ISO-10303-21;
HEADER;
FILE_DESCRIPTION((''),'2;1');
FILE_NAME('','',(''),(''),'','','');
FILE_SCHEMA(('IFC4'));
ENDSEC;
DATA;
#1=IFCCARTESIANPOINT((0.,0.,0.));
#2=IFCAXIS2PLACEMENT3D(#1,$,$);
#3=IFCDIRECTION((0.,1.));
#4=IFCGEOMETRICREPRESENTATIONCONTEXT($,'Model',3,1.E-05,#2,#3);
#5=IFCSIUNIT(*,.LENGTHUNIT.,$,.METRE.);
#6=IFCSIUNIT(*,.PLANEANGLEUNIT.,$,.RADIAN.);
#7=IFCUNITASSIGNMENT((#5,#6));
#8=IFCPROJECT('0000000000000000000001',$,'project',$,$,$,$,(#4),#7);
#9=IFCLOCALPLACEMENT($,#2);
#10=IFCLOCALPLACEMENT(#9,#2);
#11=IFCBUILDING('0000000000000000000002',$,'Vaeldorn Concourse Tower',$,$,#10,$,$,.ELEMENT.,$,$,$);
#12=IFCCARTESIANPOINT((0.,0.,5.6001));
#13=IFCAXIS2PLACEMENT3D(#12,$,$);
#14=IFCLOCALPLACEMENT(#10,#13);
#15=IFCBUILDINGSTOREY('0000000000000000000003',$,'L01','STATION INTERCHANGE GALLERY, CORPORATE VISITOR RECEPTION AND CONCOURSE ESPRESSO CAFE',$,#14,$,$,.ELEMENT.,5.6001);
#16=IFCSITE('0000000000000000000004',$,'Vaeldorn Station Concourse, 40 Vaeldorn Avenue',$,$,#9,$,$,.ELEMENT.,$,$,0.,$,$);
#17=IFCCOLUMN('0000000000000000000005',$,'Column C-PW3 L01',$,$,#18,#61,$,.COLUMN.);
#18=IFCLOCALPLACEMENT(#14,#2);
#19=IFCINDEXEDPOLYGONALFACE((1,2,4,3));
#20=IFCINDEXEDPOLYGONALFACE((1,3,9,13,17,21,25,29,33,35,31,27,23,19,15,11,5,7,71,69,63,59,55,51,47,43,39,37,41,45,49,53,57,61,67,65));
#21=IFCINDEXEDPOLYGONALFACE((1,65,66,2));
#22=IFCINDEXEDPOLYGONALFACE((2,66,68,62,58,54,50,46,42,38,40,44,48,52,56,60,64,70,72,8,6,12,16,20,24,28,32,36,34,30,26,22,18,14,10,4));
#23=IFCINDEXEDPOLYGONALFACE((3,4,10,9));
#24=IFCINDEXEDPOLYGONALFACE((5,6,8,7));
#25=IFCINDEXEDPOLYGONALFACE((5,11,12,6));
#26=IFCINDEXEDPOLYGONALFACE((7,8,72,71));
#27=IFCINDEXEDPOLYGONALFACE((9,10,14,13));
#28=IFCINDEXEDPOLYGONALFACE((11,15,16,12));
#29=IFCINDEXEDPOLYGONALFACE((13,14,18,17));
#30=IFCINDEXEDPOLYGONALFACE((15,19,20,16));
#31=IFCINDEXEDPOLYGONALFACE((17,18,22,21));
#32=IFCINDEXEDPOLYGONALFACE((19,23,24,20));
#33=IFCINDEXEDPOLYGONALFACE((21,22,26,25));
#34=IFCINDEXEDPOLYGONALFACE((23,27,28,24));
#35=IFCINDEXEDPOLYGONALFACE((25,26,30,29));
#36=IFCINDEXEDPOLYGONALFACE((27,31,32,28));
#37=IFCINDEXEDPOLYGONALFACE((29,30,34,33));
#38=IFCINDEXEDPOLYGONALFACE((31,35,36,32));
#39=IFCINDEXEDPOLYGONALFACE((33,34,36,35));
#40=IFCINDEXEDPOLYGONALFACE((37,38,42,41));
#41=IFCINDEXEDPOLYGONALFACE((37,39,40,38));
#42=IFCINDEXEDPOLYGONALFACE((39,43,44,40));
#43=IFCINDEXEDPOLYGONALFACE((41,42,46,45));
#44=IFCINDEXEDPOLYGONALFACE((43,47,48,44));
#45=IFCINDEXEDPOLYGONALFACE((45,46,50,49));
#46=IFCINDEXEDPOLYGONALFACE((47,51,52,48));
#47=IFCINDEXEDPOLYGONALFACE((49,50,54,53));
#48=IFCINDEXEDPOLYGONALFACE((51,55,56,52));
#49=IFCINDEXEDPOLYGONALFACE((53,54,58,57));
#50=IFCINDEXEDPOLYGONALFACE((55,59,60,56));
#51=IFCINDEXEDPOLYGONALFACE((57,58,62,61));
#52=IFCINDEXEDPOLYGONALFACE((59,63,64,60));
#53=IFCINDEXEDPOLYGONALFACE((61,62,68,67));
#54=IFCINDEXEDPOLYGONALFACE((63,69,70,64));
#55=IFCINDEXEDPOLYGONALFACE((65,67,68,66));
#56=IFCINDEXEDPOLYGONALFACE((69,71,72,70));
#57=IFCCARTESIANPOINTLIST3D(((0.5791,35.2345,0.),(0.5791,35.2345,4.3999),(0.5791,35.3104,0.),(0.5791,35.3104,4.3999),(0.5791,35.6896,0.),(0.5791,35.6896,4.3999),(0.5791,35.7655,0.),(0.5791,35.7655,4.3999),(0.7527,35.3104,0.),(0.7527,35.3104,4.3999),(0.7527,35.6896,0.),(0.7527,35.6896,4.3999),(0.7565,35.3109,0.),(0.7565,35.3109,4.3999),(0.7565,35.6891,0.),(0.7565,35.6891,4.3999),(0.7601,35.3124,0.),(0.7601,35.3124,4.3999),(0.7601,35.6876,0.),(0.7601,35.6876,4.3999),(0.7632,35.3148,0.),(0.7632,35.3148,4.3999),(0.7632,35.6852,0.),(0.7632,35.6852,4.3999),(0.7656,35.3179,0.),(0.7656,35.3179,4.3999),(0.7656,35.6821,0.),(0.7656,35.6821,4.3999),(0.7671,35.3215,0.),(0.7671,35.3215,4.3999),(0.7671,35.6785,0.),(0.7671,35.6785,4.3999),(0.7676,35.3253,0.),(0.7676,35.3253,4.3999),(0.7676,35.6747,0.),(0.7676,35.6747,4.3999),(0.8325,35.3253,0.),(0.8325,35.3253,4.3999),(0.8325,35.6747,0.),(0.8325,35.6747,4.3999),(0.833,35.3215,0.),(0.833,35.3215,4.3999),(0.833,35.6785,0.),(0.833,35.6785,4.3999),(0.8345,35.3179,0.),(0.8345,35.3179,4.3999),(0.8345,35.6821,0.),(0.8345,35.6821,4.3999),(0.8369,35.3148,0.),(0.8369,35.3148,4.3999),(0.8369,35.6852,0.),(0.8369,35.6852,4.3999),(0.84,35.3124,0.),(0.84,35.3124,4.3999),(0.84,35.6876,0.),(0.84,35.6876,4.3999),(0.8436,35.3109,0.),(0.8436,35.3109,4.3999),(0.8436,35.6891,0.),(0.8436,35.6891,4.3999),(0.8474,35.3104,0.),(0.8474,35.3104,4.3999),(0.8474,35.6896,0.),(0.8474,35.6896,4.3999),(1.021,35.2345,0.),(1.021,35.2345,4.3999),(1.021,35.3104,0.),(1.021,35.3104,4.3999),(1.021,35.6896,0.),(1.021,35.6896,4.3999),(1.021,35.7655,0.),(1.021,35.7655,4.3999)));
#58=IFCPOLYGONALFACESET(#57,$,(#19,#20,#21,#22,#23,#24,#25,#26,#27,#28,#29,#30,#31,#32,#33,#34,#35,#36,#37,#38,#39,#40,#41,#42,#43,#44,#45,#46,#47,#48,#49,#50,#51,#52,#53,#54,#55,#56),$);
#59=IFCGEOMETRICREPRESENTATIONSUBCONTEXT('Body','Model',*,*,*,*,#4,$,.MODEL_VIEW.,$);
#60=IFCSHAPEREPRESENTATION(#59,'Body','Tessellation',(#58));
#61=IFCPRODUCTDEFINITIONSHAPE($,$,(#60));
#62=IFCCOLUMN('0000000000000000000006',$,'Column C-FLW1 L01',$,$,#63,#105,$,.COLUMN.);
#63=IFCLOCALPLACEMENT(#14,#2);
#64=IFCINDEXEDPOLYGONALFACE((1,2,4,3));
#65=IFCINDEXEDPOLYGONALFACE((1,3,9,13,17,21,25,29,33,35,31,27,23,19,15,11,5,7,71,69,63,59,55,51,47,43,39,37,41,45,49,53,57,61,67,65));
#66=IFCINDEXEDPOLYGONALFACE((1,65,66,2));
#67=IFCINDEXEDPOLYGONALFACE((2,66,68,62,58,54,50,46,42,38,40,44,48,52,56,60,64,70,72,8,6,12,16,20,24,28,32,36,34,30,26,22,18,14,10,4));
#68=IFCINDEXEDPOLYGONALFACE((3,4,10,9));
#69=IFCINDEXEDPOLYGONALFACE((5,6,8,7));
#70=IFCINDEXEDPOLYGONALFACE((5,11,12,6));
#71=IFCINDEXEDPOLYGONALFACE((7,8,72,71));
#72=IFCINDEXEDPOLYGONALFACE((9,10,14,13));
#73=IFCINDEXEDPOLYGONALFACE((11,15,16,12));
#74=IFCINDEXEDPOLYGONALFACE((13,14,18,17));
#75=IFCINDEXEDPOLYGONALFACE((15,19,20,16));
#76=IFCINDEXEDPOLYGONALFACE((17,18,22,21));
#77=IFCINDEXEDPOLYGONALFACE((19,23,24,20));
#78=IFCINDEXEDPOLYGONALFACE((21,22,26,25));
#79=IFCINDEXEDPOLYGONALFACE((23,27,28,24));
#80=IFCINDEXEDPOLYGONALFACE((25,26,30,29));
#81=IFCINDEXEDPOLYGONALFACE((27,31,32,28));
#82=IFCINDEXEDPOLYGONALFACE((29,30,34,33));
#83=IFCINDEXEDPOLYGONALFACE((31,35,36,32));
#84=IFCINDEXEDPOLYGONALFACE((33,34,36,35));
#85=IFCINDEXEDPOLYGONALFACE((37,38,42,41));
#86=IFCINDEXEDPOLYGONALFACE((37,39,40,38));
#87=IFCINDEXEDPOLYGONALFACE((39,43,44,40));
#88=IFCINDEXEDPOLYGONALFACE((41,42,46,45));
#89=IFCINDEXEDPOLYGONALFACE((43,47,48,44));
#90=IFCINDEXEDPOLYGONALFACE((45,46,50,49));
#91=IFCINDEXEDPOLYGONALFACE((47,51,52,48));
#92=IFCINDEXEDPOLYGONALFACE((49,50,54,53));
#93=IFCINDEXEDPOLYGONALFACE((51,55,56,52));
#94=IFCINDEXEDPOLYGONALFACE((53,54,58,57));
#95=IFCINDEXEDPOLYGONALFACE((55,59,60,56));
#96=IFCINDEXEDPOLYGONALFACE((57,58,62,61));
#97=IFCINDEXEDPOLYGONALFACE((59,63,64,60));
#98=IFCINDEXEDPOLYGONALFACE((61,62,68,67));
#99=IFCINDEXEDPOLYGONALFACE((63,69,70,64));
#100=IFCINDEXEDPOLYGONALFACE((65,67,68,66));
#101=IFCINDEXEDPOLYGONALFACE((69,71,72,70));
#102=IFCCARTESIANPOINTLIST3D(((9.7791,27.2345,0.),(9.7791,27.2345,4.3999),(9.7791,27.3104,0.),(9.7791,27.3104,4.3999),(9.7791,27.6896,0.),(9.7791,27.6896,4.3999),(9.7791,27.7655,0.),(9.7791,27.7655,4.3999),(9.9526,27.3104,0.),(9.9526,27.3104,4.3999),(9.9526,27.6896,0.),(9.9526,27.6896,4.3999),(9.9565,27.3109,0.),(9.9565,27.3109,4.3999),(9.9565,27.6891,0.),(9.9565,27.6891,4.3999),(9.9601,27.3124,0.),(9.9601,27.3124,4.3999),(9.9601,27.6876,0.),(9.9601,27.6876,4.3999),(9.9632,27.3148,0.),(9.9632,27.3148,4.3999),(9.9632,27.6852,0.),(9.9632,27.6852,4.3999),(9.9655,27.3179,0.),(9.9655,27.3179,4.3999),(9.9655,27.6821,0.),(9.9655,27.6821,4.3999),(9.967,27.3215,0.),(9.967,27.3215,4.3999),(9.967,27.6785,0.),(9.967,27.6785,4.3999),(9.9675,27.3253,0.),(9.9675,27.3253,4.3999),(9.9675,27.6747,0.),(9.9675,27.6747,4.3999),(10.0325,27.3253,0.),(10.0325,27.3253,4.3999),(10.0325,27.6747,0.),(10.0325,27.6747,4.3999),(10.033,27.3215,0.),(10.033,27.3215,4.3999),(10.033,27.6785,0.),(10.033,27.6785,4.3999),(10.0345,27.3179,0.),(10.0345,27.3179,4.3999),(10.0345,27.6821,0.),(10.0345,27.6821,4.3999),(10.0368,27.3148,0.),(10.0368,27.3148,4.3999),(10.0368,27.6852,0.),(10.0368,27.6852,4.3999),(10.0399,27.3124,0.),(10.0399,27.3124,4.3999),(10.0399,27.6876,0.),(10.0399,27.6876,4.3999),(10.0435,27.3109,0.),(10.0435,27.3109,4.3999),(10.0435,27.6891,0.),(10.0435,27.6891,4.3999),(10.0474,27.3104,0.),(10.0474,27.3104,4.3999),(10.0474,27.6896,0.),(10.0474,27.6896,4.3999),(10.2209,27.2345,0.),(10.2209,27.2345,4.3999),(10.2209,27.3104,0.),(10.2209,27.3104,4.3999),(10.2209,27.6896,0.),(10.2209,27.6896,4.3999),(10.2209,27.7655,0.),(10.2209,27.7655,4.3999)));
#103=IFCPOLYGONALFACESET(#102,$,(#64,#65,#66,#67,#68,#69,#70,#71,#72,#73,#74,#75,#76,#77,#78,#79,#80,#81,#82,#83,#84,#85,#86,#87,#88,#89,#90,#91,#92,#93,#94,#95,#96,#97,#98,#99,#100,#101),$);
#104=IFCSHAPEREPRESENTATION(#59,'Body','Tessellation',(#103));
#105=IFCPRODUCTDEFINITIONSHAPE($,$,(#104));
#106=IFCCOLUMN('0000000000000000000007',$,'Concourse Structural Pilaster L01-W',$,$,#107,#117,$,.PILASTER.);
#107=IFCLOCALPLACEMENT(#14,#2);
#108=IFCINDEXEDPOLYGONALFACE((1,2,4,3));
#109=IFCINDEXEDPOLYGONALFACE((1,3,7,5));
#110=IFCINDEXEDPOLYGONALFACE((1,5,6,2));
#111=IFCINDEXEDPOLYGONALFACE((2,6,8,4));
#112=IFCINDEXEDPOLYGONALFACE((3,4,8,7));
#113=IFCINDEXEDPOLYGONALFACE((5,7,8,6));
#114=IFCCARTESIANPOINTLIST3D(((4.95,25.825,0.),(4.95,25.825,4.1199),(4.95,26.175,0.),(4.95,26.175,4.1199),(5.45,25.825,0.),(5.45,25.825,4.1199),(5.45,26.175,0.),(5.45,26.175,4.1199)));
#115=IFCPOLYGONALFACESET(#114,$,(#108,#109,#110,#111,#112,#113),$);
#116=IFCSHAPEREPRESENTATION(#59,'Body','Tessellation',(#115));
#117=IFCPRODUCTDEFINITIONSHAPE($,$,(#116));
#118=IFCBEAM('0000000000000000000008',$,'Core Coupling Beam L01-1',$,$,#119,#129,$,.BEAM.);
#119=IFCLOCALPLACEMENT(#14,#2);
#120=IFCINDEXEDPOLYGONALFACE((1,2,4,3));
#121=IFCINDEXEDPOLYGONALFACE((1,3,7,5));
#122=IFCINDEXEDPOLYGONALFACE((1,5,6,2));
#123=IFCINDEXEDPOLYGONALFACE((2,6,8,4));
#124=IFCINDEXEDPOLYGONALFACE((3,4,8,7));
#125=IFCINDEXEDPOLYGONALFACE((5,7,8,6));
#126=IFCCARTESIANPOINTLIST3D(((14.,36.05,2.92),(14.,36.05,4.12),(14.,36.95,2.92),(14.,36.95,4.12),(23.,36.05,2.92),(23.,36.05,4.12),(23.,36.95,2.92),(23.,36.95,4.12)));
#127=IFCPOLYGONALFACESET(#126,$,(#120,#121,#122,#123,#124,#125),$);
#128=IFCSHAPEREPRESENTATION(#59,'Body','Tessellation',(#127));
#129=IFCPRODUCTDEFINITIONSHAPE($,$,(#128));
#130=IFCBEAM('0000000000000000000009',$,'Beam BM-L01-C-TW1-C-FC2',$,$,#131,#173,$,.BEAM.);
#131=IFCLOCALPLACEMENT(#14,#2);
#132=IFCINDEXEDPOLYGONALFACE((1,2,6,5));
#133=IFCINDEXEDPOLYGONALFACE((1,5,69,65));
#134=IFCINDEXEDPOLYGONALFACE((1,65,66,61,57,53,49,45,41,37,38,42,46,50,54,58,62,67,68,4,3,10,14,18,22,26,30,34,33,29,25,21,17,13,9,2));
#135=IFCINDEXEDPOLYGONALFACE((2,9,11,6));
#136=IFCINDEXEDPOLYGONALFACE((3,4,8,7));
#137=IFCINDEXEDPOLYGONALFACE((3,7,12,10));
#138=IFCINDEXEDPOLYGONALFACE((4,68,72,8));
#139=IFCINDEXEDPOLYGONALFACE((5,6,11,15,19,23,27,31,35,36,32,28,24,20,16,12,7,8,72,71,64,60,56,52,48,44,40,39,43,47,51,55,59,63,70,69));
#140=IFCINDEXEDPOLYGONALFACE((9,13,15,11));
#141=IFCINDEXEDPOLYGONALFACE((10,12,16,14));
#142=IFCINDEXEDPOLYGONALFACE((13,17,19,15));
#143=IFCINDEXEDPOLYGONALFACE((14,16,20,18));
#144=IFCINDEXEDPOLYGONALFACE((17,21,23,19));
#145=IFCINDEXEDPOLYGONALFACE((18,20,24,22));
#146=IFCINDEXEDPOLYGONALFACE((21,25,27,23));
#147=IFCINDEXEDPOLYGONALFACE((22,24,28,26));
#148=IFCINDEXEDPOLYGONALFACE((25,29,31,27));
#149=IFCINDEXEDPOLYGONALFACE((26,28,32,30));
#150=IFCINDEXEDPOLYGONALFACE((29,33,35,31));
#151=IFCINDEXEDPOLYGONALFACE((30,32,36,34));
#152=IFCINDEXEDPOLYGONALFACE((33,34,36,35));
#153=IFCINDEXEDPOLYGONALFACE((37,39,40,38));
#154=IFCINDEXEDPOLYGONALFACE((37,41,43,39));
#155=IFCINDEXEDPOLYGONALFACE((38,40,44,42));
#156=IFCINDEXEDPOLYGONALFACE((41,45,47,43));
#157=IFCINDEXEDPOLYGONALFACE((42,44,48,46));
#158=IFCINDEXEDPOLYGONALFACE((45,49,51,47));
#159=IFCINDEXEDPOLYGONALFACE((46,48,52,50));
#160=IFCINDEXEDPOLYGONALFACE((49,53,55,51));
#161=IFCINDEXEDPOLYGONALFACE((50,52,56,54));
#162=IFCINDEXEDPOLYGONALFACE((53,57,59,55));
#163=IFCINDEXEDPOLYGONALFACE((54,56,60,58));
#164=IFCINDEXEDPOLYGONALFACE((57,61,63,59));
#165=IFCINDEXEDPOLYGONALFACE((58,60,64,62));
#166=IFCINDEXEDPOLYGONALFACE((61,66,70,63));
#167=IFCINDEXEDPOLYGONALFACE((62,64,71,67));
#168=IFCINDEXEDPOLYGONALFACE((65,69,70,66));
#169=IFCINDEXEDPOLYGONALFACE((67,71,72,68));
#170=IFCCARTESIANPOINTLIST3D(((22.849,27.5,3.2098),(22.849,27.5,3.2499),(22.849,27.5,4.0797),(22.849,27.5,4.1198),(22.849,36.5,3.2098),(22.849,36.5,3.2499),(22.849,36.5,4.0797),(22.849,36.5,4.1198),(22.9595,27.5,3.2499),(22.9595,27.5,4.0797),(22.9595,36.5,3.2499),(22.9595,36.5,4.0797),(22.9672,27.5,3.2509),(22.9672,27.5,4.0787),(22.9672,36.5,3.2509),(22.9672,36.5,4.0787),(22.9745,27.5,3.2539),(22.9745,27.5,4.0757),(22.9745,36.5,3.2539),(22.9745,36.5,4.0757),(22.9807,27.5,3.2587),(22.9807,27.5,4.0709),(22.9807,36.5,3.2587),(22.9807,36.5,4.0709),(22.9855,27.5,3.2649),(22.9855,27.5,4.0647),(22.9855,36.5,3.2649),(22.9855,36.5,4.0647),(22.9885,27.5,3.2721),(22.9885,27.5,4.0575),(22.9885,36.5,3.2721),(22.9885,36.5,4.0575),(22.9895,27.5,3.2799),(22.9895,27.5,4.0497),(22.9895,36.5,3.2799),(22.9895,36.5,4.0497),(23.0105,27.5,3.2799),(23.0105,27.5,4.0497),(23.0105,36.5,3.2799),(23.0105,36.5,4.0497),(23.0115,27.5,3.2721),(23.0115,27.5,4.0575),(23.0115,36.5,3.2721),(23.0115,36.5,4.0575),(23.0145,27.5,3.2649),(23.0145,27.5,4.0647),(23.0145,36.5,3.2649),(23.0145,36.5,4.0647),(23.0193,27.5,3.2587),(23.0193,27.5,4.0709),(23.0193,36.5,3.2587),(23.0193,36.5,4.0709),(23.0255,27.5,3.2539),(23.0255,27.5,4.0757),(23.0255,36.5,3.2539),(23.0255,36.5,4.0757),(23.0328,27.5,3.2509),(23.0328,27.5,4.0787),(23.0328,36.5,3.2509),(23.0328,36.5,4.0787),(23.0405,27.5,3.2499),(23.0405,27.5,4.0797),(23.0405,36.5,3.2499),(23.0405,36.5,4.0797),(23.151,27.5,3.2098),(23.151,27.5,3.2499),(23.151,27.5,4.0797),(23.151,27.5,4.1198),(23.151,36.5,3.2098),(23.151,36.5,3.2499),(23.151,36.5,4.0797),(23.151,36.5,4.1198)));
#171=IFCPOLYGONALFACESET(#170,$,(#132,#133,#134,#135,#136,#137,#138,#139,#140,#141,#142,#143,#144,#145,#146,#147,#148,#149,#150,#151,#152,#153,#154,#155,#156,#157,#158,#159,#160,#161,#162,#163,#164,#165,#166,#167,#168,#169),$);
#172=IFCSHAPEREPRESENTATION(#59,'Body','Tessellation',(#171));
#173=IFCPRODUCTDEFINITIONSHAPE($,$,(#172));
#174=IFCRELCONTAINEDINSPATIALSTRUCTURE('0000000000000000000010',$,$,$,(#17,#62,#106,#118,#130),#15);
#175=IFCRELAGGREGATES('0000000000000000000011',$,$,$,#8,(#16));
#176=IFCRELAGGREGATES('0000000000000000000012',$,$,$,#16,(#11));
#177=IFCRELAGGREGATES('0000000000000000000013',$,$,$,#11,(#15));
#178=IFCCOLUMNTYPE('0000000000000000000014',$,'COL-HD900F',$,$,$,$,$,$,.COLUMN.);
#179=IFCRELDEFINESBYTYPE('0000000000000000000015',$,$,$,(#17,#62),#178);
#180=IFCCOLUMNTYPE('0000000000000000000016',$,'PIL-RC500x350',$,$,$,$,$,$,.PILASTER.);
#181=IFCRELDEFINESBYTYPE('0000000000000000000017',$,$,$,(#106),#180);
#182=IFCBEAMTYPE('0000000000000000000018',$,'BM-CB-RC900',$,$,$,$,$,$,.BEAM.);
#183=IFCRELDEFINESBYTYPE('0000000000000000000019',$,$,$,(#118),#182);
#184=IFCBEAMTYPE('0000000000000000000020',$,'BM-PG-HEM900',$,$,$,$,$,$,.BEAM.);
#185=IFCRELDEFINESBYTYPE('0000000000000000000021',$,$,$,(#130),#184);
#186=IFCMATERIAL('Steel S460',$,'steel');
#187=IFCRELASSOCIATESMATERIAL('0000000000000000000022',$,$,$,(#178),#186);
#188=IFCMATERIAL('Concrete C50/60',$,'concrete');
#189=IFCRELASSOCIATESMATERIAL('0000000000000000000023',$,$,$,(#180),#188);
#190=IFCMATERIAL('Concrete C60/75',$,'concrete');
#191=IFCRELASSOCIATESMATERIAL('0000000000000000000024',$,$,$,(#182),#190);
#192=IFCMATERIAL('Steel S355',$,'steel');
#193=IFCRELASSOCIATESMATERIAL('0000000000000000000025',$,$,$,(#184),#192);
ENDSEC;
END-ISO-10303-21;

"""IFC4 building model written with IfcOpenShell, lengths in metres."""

from ifc_helpers import new_model, si_unit, direction, frame, origin, origin_2d, place, context, subcontext, project, spatial, rectangle, i_section, extrude, source, transform, mapped, material, material_profile, profile_set, type_object, element, save


model = new_model("IFC4")

# Units and contexts
model_context = context("Model", 3, precision=1e-05, world=origin(), true_north=direction((0.0, 1.0)))
body_context = subcontext(model_context, "Body", "Model", "MODEL_VIEW")
ifc_project = project(units=[si_unit("LENGTHUNIT", "METRE"), si_unit("PLANEANGLEUNIT", "RADIAN")], contexts=[model_context])

# Site, building, storey
site_placement = place(None, origin())
site = spatial("IfcSite", under=ifc_project, at=site_placement, Name="Vaeldorn Station Concourse, 40 Vaeldorn Avenue", CompositionType="ELEMENT", RefElevation=0.0)
building_placement = place(site_placement, origin())
building = spatial("IfcBuilding", under=site, at=building_placement, Name="Vaeldorn Concourse Tower", CompositionType="ELEMENT")
storey_placement = place(building_placement, frame((0.0, 0.0, 5.6001)))
storey = spatial("IfcBuildingStorey", under=building, at=storey_placement, Name="L01", Description="STATION INTERCHANGE GALLERY, CORPORATE VISITOR RECEPTION AND CONCOURSE ESPRESSO CAFE", CompositionType="ELEMENT", Elevation=5.6001)

# Columns
ifc_material_1 = material(Name="Concrete C60/75", Category="concrete")
ifc_material_2 = material(Name="Steel S460", Category="steel")
ifc_material_profile_1 = material_profile(ifc_material_2, i_section(OverallWidth=0.4419, OverallDepth=0.531, WebThickness=0.0649, FlangeThickness=0.0759, FilletRadius=0.0149, at=origin_2d()), Name="HD 400x900")
ifc_profile_set_1 = profile_set([ifc_material_profile_1], Name="Steel S460")
column_type_1 = type_object("IfcColumnType", Name="COL-HD900F", PredefinedType="COLUMN", material=ifc_profile_set_1)
shared_shape_1 = source(origin(), body_context, "Body", "SweptSolid", [
    extrude(i_section(OverallWidth=0.4419, OverallDepth=0.531, WebThickness=0.0649, FlangeThickness=0.0759, FilletRadius=0.0149, at=origin_2d()), origin(), (0.0, 0.0, 1.0), 4.3999),
])
for number, where, z_axis, x_axis, name in (
    (1, (0.8, 35.5, 0.0), (0.0, 0.0, 1.0), (1.0, 0.0, 0.0), "Column C-PW3 L01"),
    (2, (10.0, 27.5, 0.0), (0.0, 0.0, 1.0), (1.0, 0.0, 0.0), "Column C-FLW1 L01"),
):
    element("IfcColumn", number, at=place(storey_placement, frame(where, z_axis=z_axis, x_axis=x_axis)), inside=storey, type_object=column_type_1, Name=name, PredefinedType="COLUMN", context=body_context, shape_type="MappedRepresentation", body=[
        mapped(shared_shape_1, transform((0.0, 0.0, 0.0), scale=1.0)),
    ])
ifc_material_3 = material(Name="Concrete C50/60", Category="concrete")
ifc_material_profile_2 = material_profile(ifc_material_3, rectangle(XDim=0.5, YDim=0.3501, at=origin_2d()), Name="RC 500x350")
ifc_profile_set_2 = profile_set([ifc_material_profile_2], Name="Concrete C50/60")
column_type_2 = type_object("IfcColumnType", Name="PIL-RC500x350", PredefinedType="PILASTER", material=ifc_profile_set_2)
shared_shape_2 = source(origin(), body_context, "Body", "SweptSolid", [
    extrude(rectangle(XDim=0.5, YDim=0.3501, at=origin_2d()), origin(), (0.0, 0.0, 1.0), 4.1199),
])
column_1_placement = place(storey_placement, frame((5.2, 26.0, 0.0), z_axis=(0.0, 0.0, 1.0), x_axis=(1.0, 0.0, 0.0)))
element("IfcColumn", 3, at=column_1_placement, inside=storey, type_object=column_type_2, Name="Concourse Structural Pilaster L01-W", PredefinedType="PILASTER", context=body_context, shape_type="MappedRepresentation", body=[
    mapped(shared_shape_2, transform((0.0, 0.0, 0.0), scale=1.0)),
])

# Beams
ifc_material_profile_3 = material_profile(ifc_material_1, rectangle(XDim=0.8999, YDim=1.2, at=origin_2d()), Name="RC 900x1200")
ifc_profile_set_3 = profile_set([ifc_material_profile_3], Name="Concrete C60/75")
beam_type_1 = type_object("IfcBeamType", Name="BM-CB-RC900", PredefinedType="BEAM", material=ifc_profile_set_3)
shared_shape_3 = source(origin(), body_context, "Body", "SweptSolid", [
    extrude(rectangle(XDim=0.8999, YDim=1.2, at=origin_2d()), origin(), (0.0, 0.0, 1.0), 9.0),
])
beam_1_placement = place(storey_placement, frame((14.0, 36.5, 3.52), z_axis=(1.0, 0.0, 0.0), x_axis=(0.0, 1.0, 0.0)))
element("IfcBeam", 4, at=beam_1_placement, inside=storey, type_object=beam_type_1, Name="Core Coupling Beam L01-1", PredefinedType="BEAM", context=body_context, shape_type="MappedRepresentation", body=[
    mapped(shared_shape_3, transform((0.0, 0.0, 0.0), scale=1.0)),
])
ifc_material_4 = material(Name="Steel S355", Category="steel")
ifc_material_profile_4 = material_profile(ifc_material_4, i_section(OverallWidth=0.302, OverallDepth=0.9099, WebThickness=0.021, FlangeThickness=0.04, FilletRadius=0.03, at=origin_2d()), Name="HEM 900")
ifc_profile_set_4 = profile_set([ifc_material_profile_4], Name="Steel S355")
beam_type_2 = type_object("IfcBeamType", Name="BM-PG-HEM900", PredefinedType="BEAM", material=ifc_profile_set_4)
shared_shape_4 = source(origin(), body_context, "Body", "SweptSolid", [
    extrude(i_section(OverallWidth=0.302, OverallDepth=0.9099, WebThickness=0.021, FlangeThickness=0.04, FilletRadius=0.03, at=origin_2d()), origin(), (0.0, 0.0, 1.0), 9.0),
])
beam_2_placement = place(storey_placement, frame((23.0, 27.5, 3.6648), z_axis=(0.0, 1.0, 0.0), x_axis=(-1.0, 0.0, 0.0)))
element("IfcBeam", 5, at=beam_2_placement, inside=storey, type_object=beam_type_2, Name="Beam BM-L01-C-TW1-C-FC2", PredefinedType="BEAM", context=body_context, shape_type="MappedRepresentation", body=[
    mapped(shared_shape_4, transform((0.0, 0.0, 0.0), scale=1.0)),
])

save(model, "model.ifc")
